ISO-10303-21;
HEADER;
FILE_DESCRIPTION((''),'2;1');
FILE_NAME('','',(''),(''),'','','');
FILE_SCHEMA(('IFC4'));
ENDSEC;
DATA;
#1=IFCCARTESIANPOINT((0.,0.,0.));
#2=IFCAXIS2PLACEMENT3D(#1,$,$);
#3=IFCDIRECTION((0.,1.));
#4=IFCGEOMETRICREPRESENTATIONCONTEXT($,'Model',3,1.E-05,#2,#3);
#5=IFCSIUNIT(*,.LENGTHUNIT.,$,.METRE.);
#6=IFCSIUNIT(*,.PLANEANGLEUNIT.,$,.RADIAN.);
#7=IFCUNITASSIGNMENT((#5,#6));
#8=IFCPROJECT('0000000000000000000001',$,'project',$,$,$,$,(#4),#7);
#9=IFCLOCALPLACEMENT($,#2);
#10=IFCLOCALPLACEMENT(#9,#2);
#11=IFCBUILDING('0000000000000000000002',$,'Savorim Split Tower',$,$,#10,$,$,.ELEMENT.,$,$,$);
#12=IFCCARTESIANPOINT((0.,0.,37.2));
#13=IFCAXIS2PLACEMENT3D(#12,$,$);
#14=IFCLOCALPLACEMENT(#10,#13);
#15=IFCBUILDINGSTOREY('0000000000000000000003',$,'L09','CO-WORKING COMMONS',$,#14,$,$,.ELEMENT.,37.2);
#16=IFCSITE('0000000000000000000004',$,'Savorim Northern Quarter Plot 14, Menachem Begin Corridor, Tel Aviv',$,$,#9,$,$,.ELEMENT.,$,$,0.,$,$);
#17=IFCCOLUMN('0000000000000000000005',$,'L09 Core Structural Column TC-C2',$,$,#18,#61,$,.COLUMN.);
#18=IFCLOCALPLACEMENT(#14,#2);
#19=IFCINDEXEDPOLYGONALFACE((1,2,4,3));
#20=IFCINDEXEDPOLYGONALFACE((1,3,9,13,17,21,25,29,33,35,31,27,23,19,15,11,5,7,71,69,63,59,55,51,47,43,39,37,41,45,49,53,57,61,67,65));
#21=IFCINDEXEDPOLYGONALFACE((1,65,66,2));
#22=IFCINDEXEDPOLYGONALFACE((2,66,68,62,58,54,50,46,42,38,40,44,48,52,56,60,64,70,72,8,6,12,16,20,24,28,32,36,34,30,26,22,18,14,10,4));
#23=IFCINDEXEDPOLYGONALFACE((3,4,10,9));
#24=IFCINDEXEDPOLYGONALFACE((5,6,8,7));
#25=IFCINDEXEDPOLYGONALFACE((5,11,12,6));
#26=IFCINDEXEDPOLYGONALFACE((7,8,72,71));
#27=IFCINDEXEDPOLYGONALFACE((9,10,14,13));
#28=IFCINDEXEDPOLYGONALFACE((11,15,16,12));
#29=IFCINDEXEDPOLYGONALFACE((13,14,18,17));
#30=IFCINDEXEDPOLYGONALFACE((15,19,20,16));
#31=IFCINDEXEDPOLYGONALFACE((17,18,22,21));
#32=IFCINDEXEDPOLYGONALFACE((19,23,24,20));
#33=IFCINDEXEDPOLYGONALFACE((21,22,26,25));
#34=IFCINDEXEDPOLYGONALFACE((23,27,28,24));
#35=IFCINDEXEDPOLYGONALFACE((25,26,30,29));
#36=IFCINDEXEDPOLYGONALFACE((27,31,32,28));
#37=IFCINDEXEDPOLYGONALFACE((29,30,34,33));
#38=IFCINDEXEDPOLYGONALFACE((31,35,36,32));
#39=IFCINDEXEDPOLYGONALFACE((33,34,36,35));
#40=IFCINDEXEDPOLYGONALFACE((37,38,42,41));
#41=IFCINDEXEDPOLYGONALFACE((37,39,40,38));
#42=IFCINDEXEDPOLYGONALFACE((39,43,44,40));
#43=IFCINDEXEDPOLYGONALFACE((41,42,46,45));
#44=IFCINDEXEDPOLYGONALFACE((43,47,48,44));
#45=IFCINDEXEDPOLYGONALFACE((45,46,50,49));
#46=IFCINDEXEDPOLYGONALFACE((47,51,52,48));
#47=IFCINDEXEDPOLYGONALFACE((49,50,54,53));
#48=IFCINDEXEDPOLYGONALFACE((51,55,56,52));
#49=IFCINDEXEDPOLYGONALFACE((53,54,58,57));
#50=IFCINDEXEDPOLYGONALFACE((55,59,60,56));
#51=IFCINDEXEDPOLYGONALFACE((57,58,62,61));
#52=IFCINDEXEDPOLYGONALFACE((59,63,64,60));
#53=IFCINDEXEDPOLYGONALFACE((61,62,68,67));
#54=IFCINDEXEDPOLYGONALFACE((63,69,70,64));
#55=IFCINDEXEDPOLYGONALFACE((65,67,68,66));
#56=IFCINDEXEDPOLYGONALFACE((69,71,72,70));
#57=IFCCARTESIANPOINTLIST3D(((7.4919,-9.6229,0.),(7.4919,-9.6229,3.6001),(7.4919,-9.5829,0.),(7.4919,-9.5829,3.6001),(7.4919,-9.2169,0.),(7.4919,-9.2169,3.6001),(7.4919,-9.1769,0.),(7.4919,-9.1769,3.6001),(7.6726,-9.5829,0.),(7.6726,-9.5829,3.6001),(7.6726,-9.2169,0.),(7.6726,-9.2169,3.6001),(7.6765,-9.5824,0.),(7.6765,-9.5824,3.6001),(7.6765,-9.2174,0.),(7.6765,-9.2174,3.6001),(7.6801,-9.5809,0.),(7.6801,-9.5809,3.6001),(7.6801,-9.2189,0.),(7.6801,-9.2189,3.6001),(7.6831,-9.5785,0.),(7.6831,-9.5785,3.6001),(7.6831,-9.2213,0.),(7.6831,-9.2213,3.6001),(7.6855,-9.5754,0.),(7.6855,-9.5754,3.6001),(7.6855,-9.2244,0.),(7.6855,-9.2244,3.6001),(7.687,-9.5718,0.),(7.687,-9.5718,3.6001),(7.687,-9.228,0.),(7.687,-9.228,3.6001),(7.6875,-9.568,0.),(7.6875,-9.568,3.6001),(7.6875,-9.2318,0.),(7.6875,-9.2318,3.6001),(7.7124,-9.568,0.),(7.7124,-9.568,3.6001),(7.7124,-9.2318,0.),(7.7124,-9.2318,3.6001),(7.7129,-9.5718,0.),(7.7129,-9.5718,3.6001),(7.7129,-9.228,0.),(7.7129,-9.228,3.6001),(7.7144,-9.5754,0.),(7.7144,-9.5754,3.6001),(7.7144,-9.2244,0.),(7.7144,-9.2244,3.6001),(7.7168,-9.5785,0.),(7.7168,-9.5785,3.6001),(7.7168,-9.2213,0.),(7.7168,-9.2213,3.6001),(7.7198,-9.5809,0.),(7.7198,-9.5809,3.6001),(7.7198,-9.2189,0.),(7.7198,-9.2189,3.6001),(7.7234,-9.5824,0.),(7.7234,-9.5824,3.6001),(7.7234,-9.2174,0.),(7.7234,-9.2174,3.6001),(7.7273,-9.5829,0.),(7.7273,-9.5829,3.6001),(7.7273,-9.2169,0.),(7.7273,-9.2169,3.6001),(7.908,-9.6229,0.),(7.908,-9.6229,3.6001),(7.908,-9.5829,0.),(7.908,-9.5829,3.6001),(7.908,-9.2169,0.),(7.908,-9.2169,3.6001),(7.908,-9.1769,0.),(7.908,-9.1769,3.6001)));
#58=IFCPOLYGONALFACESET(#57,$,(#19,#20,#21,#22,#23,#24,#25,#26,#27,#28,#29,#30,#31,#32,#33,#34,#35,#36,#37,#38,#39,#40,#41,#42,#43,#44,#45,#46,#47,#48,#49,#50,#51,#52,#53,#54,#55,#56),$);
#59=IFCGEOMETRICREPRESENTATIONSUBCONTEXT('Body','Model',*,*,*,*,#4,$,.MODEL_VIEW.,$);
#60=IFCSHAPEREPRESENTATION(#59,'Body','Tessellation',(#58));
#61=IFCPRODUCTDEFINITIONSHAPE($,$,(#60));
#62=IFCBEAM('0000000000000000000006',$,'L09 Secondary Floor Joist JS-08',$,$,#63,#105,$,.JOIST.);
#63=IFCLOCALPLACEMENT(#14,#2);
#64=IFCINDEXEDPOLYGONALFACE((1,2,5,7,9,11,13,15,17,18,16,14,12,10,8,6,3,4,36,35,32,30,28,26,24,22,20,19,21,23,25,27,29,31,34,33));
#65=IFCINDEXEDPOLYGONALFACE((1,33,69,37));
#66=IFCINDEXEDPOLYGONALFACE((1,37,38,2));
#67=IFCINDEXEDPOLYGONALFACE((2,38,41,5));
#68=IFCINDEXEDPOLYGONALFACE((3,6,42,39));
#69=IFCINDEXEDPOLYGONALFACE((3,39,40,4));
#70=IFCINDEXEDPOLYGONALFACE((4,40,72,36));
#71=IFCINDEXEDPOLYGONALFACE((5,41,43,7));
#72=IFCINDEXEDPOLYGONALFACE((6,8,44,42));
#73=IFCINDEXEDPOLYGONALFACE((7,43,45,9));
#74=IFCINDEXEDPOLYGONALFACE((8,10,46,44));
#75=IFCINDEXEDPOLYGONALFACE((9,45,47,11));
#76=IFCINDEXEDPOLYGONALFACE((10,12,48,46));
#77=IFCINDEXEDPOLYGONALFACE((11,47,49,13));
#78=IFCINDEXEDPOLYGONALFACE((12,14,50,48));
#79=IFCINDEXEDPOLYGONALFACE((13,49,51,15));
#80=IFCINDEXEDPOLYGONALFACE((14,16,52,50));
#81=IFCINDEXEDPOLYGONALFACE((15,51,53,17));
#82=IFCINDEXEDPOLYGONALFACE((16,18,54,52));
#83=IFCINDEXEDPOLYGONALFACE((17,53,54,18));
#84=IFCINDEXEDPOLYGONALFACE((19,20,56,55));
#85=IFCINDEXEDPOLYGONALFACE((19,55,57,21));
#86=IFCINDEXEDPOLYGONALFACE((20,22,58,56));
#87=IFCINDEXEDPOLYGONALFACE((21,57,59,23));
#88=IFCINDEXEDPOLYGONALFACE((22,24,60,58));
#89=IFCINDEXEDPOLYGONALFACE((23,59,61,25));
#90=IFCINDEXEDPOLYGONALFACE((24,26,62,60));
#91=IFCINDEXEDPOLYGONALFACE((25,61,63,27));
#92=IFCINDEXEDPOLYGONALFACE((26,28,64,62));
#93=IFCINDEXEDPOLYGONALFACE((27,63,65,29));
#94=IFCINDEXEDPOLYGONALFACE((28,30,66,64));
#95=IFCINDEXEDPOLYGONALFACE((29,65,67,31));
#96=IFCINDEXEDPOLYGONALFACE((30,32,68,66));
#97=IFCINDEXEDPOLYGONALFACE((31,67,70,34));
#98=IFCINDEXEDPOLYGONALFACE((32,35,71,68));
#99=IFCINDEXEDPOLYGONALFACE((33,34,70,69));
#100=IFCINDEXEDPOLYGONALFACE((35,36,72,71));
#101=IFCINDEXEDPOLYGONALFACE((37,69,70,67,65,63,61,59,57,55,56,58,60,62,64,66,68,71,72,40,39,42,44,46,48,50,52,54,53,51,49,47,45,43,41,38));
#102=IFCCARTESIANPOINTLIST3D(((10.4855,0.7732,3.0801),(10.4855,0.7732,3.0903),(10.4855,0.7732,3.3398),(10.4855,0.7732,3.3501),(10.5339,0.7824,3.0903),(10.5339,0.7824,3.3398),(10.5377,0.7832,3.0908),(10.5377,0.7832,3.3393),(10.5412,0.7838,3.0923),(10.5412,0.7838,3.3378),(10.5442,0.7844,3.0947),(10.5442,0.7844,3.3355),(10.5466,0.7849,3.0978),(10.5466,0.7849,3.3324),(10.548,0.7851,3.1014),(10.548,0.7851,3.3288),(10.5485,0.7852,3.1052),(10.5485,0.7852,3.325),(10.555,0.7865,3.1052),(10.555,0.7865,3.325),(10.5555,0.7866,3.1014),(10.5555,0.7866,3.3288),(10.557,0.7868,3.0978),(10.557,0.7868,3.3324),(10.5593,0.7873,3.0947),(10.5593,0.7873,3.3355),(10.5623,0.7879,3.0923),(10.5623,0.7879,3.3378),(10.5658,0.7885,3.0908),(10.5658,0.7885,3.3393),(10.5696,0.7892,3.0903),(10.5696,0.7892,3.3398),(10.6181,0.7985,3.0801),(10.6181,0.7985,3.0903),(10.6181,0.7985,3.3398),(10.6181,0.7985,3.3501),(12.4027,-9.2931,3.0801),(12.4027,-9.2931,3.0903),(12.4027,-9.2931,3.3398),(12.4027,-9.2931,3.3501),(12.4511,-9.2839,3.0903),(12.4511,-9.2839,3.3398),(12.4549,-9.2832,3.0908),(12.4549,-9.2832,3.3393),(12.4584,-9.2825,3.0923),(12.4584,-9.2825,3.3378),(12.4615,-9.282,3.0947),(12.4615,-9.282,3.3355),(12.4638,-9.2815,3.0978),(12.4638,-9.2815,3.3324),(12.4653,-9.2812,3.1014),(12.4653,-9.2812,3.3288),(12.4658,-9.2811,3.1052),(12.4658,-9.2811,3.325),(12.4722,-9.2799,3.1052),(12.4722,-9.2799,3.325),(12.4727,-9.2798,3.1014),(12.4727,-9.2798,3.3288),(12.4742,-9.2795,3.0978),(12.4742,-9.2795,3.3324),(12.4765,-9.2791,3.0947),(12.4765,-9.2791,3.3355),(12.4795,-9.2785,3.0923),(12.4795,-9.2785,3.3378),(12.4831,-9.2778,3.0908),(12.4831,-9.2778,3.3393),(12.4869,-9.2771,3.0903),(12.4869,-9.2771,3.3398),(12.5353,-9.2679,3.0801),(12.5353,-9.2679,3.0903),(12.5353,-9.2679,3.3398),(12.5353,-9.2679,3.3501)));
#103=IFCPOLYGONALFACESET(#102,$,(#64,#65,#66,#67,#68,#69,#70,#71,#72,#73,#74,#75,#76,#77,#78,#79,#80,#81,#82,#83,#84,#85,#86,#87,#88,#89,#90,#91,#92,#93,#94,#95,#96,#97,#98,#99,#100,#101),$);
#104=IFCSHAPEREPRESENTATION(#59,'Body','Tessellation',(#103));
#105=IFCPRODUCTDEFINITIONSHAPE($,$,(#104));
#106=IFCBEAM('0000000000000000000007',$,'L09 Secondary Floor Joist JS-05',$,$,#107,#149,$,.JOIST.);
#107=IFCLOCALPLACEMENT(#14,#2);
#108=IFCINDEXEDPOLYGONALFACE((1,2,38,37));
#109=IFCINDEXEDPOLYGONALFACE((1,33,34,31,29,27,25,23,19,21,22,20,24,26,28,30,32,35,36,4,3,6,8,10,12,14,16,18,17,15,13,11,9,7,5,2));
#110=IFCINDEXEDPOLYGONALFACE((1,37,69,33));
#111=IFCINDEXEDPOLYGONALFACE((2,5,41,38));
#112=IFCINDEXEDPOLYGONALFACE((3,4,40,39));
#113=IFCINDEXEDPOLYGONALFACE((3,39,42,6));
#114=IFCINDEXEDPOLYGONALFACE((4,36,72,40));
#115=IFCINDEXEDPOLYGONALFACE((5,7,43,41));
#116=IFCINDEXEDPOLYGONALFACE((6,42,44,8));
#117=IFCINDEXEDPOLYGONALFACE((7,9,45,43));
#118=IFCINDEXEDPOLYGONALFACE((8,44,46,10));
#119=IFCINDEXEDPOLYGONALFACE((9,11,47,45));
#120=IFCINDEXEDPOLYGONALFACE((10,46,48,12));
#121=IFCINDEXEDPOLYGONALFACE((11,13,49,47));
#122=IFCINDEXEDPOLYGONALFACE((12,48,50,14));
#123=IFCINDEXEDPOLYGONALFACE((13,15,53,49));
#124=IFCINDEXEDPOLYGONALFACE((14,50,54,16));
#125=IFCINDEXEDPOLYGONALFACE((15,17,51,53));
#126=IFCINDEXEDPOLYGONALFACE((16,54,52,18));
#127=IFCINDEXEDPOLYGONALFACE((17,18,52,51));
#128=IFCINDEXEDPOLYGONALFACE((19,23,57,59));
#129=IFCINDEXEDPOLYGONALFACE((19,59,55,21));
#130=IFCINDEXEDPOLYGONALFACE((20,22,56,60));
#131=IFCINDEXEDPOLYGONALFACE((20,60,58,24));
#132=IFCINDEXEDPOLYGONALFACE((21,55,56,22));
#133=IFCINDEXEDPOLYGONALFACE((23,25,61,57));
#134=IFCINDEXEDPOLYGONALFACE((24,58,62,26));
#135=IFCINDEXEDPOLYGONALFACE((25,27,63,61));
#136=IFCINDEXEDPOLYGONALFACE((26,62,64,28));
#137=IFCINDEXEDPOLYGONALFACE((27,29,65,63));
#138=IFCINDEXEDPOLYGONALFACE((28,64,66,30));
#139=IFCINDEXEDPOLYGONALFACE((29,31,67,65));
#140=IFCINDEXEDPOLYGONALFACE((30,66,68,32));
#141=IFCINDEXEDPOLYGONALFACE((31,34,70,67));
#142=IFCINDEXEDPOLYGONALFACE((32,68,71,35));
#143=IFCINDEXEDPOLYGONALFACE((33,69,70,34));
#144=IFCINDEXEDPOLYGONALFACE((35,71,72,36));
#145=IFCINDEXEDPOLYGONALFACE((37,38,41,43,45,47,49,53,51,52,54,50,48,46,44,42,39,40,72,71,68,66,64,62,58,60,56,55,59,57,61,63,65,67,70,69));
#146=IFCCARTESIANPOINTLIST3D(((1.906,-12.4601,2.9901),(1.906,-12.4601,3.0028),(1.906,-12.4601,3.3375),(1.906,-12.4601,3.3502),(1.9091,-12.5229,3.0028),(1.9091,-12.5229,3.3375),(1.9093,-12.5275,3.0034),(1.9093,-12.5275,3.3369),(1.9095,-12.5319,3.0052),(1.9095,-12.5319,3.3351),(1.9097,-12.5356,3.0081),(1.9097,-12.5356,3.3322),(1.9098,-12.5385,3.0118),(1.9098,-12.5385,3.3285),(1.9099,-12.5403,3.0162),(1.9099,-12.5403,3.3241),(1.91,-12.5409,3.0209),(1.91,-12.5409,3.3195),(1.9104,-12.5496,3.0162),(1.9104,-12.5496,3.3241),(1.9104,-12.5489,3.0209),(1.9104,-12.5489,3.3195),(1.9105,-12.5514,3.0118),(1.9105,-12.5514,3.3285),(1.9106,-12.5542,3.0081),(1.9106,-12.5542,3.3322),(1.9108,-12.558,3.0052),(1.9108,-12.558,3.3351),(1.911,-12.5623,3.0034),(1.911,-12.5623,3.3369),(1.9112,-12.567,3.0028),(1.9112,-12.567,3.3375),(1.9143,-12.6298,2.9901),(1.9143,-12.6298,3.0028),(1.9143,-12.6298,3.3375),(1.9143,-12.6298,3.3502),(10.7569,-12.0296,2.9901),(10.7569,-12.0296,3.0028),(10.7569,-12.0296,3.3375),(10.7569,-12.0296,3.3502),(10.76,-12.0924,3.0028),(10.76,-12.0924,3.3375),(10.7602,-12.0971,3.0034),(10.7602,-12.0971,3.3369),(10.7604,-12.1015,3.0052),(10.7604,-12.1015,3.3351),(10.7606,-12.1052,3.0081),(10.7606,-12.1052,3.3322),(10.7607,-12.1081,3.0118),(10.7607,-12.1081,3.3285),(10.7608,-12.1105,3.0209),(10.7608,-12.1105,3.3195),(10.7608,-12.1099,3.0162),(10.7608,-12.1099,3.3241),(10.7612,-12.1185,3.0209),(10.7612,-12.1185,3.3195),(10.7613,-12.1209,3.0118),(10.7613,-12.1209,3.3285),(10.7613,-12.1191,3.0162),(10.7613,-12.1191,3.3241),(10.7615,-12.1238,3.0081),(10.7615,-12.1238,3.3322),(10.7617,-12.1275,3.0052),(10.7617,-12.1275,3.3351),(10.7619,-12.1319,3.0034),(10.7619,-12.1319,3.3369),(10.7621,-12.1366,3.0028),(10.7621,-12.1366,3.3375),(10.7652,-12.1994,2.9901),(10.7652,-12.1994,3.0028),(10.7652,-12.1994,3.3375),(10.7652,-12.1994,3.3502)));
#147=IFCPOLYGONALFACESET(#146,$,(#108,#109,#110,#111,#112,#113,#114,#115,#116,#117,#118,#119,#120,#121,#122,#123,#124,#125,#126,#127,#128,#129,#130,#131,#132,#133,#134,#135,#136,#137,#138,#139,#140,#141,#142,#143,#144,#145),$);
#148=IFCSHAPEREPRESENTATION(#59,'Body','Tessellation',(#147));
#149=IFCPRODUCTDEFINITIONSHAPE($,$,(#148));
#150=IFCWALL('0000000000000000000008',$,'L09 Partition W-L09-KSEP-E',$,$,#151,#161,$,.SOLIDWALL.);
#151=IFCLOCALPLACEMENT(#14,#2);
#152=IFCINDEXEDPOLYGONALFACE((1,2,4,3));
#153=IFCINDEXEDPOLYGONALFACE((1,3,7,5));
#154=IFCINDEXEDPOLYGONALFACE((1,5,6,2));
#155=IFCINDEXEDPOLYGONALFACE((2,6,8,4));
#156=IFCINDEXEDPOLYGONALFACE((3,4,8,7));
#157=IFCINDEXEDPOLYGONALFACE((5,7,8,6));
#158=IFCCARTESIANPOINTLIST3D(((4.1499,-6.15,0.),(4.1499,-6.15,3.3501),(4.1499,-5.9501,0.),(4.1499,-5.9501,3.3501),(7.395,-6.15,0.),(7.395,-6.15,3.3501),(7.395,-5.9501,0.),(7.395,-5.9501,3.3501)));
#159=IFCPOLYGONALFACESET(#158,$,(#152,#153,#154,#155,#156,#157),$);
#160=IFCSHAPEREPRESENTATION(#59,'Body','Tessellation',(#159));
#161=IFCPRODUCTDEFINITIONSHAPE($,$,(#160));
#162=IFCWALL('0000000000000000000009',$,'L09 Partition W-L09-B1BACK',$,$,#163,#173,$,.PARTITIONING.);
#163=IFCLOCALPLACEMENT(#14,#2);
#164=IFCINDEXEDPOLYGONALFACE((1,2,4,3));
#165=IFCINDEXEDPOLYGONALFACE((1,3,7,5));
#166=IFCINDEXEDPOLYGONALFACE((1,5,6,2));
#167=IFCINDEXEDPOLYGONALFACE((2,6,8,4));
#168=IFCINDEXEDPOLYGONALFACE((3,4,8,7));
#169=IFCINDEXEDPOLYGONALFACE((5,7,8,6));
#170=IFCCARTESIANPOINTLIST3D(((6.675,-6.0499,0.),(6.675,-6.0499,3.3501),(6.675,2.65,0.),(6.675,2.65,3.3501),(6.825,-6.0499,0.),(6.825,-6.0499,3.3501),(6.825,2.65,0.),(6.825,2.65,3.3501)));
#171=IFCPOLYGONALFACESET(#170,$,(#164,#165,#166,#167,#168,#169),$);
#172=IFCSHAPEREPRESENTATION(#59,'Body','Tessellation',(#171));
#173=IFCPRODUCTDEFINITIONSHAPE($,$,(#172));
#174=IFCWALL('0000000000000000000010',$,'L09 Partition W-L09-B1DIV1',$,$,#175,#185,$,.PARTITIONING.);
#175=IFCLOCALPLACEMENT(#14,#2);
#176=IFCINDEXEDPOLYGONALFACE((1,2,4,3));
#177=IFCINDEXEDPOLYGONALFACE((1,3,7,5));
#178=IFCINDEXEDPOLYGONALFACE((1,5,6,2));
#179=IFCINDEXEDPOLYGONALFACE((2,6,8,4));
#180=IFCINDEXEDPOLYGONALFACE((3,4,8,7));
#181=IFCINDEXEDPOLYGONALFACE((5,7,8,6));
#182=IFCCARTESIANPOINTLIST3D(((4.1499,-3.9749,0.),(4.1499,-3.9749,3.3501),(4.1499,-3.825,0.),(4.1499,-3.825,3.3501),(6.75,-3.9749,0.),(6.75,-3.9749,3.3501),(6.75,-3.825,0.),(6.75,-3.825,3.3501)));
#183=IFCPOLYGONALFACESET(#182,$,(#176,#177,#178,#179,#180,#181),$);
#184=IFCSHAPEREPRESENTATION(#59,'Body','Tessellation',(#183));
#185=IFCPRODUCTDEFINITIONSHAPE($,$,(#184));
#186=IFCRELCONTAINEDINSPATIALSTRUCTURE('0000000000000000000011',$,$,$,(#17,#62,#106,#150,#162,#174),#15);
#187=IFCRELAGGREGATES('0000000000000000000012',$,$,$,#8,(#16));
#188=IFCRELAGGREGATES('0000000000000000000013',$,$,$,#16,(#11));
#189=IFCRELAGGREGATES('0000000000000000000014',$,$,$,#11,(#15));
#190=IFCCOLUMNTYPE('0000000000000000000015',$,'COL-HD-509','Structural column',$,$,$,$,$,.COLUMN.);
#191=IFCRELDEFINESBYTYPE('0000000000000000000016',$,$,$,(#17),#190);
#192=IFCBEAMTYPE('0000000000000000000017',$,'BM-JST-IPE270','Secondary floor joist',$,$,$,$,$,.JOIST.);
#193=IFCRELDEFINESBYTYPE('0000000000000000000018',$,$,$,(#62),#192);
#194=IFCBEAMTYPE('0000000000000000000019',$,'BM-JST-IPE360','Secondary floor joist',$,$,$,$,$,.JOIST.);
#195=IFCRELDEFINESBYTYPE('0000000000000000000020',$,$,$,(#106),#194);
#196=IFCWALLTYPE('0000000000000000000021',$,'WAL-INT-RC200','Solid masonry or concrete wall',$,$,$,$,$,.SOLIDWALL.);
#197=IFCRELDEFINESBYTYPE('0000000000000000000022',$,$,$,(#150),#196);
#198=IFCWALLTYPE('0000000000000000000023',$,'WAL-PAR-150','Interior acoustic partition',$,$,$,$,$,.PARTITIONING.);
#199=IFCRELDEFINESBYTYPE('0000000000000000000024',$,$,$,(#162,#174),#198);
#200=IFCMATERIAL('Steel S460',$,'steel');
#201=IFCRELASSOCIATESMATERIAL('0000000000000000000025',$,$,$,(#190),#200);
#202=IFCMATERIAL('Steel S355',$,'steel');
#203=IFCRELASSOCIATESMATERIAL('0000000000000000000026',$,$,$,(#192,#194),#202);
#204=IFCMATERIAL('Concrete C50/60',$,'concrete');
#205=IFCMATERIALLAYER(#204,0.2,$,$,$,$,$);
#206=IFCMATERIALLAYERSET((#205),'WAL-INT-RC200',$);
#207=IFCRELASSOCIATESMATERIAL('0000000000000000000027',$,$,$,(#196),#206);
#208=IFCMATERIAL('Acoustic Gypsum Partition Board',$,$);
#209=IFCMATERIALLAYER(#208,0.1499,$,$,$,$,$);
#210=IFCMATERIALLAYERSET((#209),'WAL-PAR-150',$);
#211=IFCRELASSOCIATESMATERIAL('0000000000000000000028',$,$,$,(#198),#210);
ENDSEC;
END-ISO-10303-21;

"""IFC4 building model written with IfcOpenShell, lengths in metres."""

from ifc_helpers import new_model, si_unit, direction, frame, frame_2d, origin, origin_2d, place, context, subcontext, project, spatial, rectangle, i_section, extrude, material, layer, layer_set, material_profile, profile_set, type_object, element, save


model = new_model("IFC4")

# Units and contexts
model_context = context("Model", 3, precision=1e-05, world=origin(), true_north=direction((0.0, 1.0)))
body_context = subcontext(model_context, "Body", "Model", "MODEL_VIEW")
ifc_project = project(units=[si_unit("LENGTHUNIT", "METRE"), si_unit("PLANEANGLEUNIT", "RADIAN")], contexts=[model_context])

# Site, building, storey
site_placement = place(None, origin())
site = spatial("IfcSite", under=ifc_project, at=site_placement, Name="Savorim Northern Quarter Plot 14, Menachem Begin Corridor, Tel Aviv", CompositionType="ELEMENT", RefElevation=0.0)
building_placement = place(site_placement, origin())
building = spatial("IfcBuilding", under=site, at=building_placement, Name="Savorim Split Tower", CompositionType="ELEMENT")
storey_placement = place(building_placement, frame((0.0, 0.0, 37.2)))
storey = spatial("IfcBuildingStorey", under=building, at=storey_placement, Name="L09", Description="CO-WORKING COMMONS", CompositionType="ELEMENT", Elevation=37.2)

# Column
ifc_material_1 = material(Name="Steel S460", Category="steel")
ifc_material_profile_1 = material_profile(ifc_material_1, i_section(OverallWidth=0.416, OverallDepth=0.446, WebThickness=0.0249, FlangeThickness=0.04, FilletRadius=0.0149, at=origin_2d()), Name="HD 400x509")
ifc_profile_set_1 = profile_set([ifc_material_profile_1], Name="Steel S460")
column_type = type_object("IfcColumnType", Name="COL-HD-509", Description="Structural column", PredefinedType="COLUMN", material=ifc_profile_set_1)
column_placement = place(storey_placement, frame((7.7, -9.3999, 0.0), z_axis=(0.0, 0.0, 1.0), x_axis=(1.0, 0.0, 0.0)))
element("IfcColumn", 1, at=column_placement, inside=storey, type_object=column_type, Name="L09 Core Structural Column TC-C2", PredefinedType="COLUMN", context=body_context, shape_type="SweptSolid", body=[
    extrude(i_section(OverallWidth=0.416, OverallDepth=0.446, WebThickness=0.0249, FlangeThickness=0.04, FilletRadius=0.0149, at=origin_2d()), origin(), (0.0, 0.0, 1.0), 3.6001),
])

# Beams
ifc_material_2 = material(Name="Steel S355", Category="steel")
ifc_material_profile_2 = material_profile(ifc_material_2, i_section(OverallWidth=0.135, OverallDepth=0.27, WebThickness=0.0066, FlangeThickness=0.0103, FilletRadius=0.0149, at=origin_2d()), Name="IPE 270")
ifc_profile_set_2 = profile_set([ifc_material_profile_2], Name="Steel S355")
beam_type_1 = type_object("IfcBeamType", Name="BM-JST-IPE270", Description="Secondary floor joist", PredefinedType="JOIST", material=ifc_profile_set_2)
beam_1_placement = place(storey_placement, frame((12.469, -9.2805, 3.2151), z_axis=(-0.187096, 0.982342, 0.0), x_axis=(-0.982342, -0.187096, 0.0)))
element("IfcBeam", 2, at=beam_1_placement, inside=storey, type_object=beam_type_1, Name="L09 Secondary Floor Joist JS-08", PredefinedType="JOIST", context=body_context, shape_type="SweptSolid", body=[
    extrude(i_section(OverallWidth=0.135, OverallDepth=0.27, WebThickness=0.0066, FlangeThickness=0.0103, FilletRadius=0.0149, at=origin_2d()), origin(), (0.0, 0.0, 1.0), 10.2473),
])
ifc_material_profile_3 = material_profile(ifc_material_2, i_section(OverallWidth=0.1699, OverallDepth=0.3601, WebThickness=0.0081, FlangeThickness=0.0127, FilletRadius=0.0181, at=origin_2d()), Name="IPE 360")
ifc_profile_set_3 = profile_set([ifc_material_profile_3], Name="Steel S355")
beam_type_2 = type_object("IfcBeamType", Name="BM-JST-IPE360", Description="Secondary floor joist", PredefinedType="JOIST", material=ifc_profile_set_3)
beam_2_placement = place(storey_placement, frame((1.9102, -12.5449, 3.1702), z_axis=(0.99882, 0.048573, 0.0), x_axis=(-0.048573, 0.99882, 0.0)))
element("IfcBeam", 3, at=beam_2_placement, inside=storey, type_object=beam_type_2, Name="L09 Secondary Floor Joist JS-05", PredefinedType="JOIST", context=body_context, shape_type="SweptSolid", body=[
    extrude(i_section(OverallWidth=0.1699, OverallDepth=0.3601, WebThickness=0.0081, FlangeThickness=0.0127, FilletRadius=0.0181, at=origin_2d()), origin(), (0.0, 0.0, 1.0), 8.8613),
])

# Shared definitions
ifc_material_3 = material(Name="Concrete C50/60", Category="concrete")
ifc_layer_1 = layer(ifc_material_3, 0.2)
ifc_layer_set_1 = layer_set([ifc_layer_1], Name="WAL-INT-RC200")
wall_type_1 = type_object("IfcWallType", Name="WAL-INT-RC200", Description="Solid masonry or concrete wall", PredefinedType="SOLIDWALL", material=ifc_layer_set_1)

# Walls
wall_1_placement = place(storey_placement, frame((4.1499, -6.05, 0.0), z_axis=(0.0, 0.0, 1.0), x_axis=(1.0, 0.0, 0.0)))
element("IfcWall", 4, at=wall_1_placement, inside=storey, type_object=wall_type_1, Name="L09 Partition W-L09-KSEP-E", PredefinedType="SOLIDWALL", context=body_context, shape_type="SweptSolid", body=[
    extrude(rectangle(XDim=3.2451, YDim=0.2, at=frame_2d((1.6226, 0.0))), origin(), (0.0, 0.0, 1.0), 3.3501),
])
ifc_material_4 = material(Name="Acoustic Gypsum Partition Board")
ifc_layer_2 = layer(ifc_material_4, 0.1499)
ifc_layer_set_2 = layer_set([ifc_layer_2], Name="WAL-PAR-150")
wall_type_2 = type_object("IfcWallType", Name="WAL-PAR-150", Description="Interior acoustic partition", PredefinedType="PARTITIONING", material=ifc_layer_set_2)
wall_2_placement = place(storey_placement, frame((6.75, -6.05, 0.0), z_axis=(0.0, 0.0, 1.0), x_axis=(0.0, 1.0, 0.0)))
element("IfcWall", 5, at=wall_2_placement, inside=storey, type_object=wall_type_2, Name="L09 Partition W-L09-B1BACK", PredefinedType="PARTITIONING", context=body_context, shape_type="SweptSolid", body=[
    extrude(rectangle(XDim=8.7, YDim=0.1499, at=frame_2d((4.3501, 0.0))), origin(), (0.0, 0.0, 1.0), 3.3501),
])
for number, where, z_axis, x_axis, name in (
    (6, (4.1499, -3.8999, 0.0), (0.0, 0.0, 1.0), (1.0, 0.0, 0.0), "L09 Partition W-L09-B1DIV1"),
):
    element("IfcWall", number, at=place(storey_placement, frame(where, z_axis=z_axis, x_axis=x_axis)), inside=storey, type_object=wall_type_2, Name=name, PredefinedType="PARTITIONING", context=body_context, shape_type="SweptSolid", body=[
        extrude(rectangle(XDim=2.6001, YDim=0.1499, at=frame_2d((1.3, 0.0))), origin(), (0.0, 0.0, 1.0), 3.3501),
    ])

save(model, "model.ifc")
